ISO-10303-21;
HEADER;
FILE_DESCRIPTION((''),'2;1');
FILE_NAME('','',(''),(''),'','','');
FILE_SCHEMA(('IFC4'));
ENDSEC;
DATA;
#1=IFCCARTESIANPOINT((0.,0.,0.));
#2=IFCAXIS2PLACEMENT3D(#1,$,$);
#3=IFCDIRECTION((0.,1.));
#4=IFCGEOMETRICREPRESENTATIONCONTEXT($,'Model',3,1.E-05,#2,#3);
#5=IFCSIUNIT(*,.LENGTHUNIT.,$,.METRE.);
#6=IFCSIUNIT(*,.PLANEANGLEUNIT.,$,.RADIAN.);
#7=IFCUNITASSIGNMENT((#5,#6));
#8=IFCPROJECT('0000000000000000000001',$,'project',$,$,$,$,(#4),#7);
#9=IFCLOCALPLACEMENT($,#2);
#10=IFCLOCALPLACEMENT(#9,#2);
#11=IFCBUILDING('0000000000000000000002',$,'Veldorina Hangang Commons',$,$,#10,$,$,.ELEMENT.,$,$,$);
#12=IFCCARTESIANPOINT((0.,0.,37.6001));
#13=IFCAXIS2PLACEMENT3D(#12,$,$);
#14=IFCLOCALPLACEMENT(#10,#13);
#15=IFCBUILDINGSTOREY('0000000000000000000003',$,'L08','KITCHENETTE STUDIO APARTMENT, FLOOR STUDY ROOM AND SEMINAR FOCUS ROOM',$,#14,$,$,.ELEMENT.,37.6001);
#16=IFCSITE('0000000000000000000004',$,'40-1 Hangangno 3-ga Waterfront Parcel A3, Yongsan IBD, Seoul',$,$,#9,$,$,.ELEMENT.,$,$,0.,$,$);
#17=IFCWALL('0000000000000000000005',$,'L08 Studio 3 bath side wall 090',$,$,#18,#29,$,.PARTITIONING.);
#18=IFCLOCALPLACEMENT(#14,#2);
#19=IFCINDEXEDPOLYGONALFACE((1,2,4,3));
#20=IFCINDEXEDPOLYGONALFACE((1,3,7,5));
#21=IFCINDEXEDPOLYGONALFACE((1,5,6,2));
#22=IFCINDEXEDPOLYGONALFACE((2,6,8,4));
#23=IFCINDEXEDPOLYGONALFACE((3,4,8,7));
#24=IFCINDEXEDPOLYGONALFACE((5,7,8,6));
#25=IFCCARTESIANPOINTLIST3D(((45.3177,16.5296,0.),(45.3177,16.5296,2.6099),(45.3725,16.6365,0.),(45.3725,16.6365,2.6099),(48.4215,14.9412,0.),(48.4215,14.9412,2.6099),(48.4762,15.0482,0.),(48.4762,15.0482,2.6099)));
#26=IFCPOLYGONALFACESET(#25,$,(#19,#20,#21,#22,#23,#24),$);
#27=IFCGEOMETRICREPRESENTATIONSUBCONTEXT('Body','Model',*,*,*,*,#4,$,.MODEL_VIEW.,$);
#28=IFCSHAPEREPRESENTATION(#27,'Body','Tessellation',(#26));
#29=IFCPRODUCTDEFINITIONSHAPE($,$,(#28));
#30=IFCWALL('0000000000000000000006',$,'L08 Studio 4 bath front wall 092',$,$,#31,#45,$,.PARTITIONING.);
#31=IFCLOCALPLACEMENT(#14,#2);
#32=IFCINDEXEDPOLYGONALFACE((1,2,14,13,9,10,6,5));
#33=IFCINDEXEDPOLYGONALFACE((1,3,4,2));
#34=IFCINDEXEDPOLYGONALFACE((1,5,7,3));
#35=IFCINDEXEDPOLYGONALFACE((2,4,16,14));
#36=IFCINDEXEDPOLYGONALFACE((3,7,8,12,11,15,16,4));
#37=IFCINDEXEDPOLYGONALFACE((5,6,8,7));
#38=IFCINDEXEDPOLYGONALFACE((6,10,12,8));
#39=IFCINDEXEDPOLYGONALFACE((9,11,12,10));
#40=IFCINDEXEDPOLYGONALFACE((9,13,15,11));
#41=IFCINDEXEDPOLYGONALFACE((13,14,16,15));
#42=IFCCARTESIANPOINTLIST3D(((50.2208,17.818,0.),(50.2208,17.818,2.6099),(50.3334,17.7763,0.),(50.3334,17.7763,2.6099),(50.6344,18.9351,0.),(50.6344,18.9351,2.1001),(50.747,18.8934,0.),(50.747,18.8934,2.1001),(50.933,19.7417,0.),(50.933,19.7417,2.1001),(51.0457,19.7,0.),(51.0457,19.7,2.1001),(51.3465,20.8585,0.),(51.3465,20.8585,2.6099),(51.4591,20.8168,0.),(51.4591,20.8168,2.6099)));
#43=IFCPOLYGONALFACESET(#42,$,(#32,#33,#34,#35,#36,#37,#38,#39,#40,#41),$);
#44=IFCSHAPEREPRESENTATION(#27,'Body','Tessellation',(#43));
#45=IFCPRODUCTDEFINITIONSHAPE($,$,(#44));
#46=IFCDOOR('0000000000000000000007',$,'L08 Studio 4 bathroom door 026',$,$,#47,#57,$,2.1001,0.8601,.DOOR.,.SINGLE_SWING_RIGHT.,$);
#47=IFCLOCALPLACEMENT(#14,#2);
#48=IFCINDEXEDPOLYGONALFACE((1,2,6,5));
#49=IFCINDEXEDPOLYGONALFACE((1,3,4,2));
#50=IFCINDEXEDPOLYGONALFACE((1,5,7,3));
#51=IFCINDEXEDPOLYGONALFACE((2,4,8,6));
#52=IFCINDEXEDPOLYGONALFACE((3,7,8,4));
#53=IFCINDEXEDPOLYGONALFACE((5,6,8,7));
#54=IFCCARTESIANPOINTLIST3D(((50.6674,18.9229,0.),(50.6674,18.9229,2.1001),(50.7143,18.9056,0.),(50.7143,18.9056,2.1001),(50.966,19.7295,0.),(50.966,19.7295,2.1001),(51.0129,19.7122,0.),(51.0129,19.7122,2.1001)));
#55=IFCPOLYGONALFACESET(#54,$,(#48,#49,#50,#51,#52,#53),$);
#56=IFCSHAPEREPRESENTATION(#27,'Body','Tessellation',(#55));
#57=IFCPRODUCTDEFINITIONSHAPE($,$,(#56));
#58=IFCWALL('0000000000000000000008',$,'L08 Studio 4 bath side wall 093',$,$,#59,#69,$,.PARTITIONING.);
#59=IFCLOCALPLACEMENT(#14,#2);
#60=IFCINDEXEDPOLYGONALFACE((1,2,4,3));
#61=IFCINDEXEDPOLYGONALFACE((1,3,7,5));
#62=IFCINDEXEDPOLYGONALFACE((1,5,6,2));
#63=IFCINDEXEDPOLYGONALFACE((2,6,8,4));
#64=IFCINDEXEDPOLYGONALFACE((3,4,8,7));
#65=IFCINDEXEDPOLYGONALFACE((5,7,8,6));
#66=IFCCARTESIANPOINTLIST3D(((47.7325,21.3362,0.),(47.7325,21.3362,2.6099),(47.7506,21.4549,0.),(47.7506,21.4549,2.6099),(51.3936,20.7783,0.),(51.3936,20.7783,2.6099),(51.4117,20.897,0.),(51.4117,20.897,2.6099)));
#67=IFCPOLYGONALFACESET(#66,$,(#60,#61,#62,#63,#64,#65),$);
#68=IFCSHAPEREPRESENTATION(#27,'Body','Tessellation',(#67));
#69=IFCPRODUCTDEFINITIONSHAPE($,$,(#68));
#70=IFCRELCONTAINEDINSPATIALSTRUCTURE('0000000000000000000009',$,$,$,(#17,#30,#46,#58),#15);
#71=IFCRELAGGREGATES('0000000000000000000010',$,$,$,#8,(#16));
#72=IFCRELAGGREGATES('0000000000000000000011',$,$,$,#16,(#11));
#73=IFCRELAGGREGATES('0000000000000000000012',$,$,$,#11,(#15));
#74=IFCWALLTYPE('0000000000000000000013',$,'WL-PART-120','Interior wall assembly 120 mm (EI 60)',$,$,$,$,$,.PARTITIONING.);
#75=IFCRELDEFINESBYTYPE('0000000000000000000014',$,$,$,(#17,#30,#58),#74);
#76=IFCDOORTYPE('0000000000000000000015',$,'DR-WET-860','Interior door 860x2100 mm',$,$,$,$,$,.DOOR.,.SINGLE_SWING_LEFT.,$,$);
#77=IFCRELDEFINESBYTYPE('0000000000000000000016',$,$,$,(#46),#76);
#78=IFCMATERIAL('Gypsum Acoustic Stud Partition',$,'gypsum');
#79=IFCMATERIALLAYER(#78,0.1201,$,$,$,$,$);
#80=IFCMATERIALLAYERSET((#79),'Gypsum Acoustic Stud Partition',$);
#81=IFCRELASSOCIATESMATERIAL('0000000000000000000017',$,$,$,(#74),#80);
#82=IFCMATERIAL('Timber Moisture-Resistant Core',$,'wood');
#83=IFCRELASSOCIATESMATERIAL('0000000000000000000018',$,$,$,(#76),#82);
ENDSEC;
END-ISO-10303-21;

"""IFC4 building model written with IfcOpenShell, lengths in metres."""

from ifc_helpers import new_model, si_unit, direction, frame, frame_2d, origin, place, context, subcontext, project, spatial, rectangle, extrude, material, layer, layer_set, type_object, element, fill, save


model = new_model("IFC4")

# Units and contexts
model_context = context("Model", 3, precision=1e-05, world=origin(), true_north=direction((0.0, 1.0)))
body_context = subcontext(model_context, "Body", "Model", "MODEL_VIEW")
ifc_project = project(units=[si_unit("LENGTHUNIT", "METRE"), si_unit("PLANEANGLEUNIT", "RADIAN")], contexts=[model_context])

# Site, building, storey
site_placement = place(None, origin())
site = spatial("IfcSite", under=ifc_project, at=site_placement, Name="40-1 Hangangno 3-ga Waterfront Parcel A3, Yongsan IBD, Seoul", CompositionType="ELEMENT", RefElevation=0.0)
building_placement = place(site_placement, origin())
building = spatial("IfcBuilding", under=site, at=building_placement, Name="Veldorina Hangang Commons", CompositionType="ELEMENT")
storey_placement = place(building_placement, frame((0.0, 0.0, 37.6001)))
storey = spatial("IfcBuildingStorey", under=building, at=storey_placement, Name="L08", Description="KITCHENETTE STUDIO APARTMENT, FLOOR STUDY ROOM AND SEMINAR FOCUS ROOM", CompositionType="ELEMENT", Elevation=37.6001)

# Shared definitions
ifc_material_1 = material(Name="Gypsum Acoustic Stud Partition", Category="gypsum")
ifc_layer_1 = layer(ifc_material_1, 0.1201)
ifc_layer_set_1 = layer_set([ifc_layer_1], Name="Gypsum Acoustic Stud Partition")
wall_type_1 = type_object("IfcWallType", Name="WL-PART-120", Description="Interior wall assembly 120 mm (EI 60)", PredefinedType="PARTITIONING", material=ifc_layer_set_1)
ifc_material_2 = material(Name="Timber Moisture-Resistant Core", Category="wood")
door_type_1 = type_object("IfcDoorType", Name="DR-WET-860", Description="Interior door 860x2100 mm", OperationType="SINGLE_SWING_LEFT", PredefinedType="DOOR", material=ifc_material_2)

# Wall
wall_1_placement = place(storey_placement, frame((45.3452, 16.583, 0.0), z_axis=(0.0, 0.0, 1.0), x_axis=(0.890201, -0.455569, 0.0)))
element("IfcWall", 1, at=wall_1_placement, inside=storey, type_object=wall_type_1, Name="L08 Studio 3 bath side wall 090", PredefinedType="PARTITIONING", context=body_context, shape_type="SweptSolid", body=[
    extrude(rectangle(XDim=3.4866, YDim=0.1201, at=frame_2d((1.7432, 0.0))), origin(), (0.0, 0.0, 1.0), 2.6099),
])

# Wall, opening, door
wall_2_placement = place(storey_placement, frame((50.2771, 17.7971, 0.0), z_axis=(0.0, 0.0, 1.0), x_axis=(0.347209, 0.937788, 0.0)))
wall_2 = element("IfcWall", 2, at=wall_2_placement, inside=storey, type_object=wall_type_1, Name="L08 Studio 4 bath front wall 092", PredefinedType="PARTITIONING", context=body_context, shape_type="SweptSolid", body=[
    extrude(rectangle(XDim=3.2422, YDim=0.1201, at=frame_2d((1.6211, 0.0))), origin(), (0.0, 0.0, 1.0), 2.6099),
])
opening_1_placement = place(wall_2_placement, frame((1.1912, 0.0, 0.0)))
opening_1 = element("IfcOpeningElement", 3, at=opening_1_placement, cuts=wall_2, PredefinedType="OPENING", context=body_context, shape_type="SweptSolid", body=[
    extrude(rectangle(XDim=0.8601, YDim=2.1001, at=frame_2d((0.4302, 1.05))), frame((0.0, 0.0701, 0.0), z_axis=(0.0, -1.0, 0.0), x_axis=(1.0, 0.0, 0.0)), (0.0, 0.0, 1.0), 0.1401),
])
door_1_placement = place(opening_1_placement, origin())
door_1 = element("IfcDoor", 4, at=door_1_placement, inside=storey, type_object=door_type_1, Name="L08 Studio 4 bathroom door 026", OperationType="SINGLE_SWING_RIGHT", OverallHeight=2.1001, OverallWidth=0.8601, PredefinedType="DOOR", context=body_context, shape_type="SweptSolid", body=[
    extrude(rectangle(XDim=0.8601, YDim=2.1001, at=frame_2d((0.4302, 1.05))), frame((0.0, 0.0249, 0.0), z_axis=(0.0, -1.0, 0.0), x_axis=(1.0, 0.0, 0.0)), (0.0, 0.0, 1.0), 0.05),
])
fill(opening_1, door_1)

# Wall
wall_3_placement = place(storey_placement, frame((47.7417, 21.3955, 0.0), z_axis=(0.0, 0.0, 1.0), x_axis=(0.988589, -0.150635, 0.0)))
element("IfcWall", 5, at=wall_3_placement, inside=storey, type_object=wall_type_1, Name="L08 Studio 4 bath side wall 093", PredefinedType="PARTITIONING", context=body_context, shape_type="SweptSolid", body=[
    extrude(rectangle(XDim=3.7034, YDim=0.1201, at=frame_2d((1.8516, 0.0))), origin(), (0.0, 0.0, 1.0), 2.6099),
])

save(model, "model.ifc")
